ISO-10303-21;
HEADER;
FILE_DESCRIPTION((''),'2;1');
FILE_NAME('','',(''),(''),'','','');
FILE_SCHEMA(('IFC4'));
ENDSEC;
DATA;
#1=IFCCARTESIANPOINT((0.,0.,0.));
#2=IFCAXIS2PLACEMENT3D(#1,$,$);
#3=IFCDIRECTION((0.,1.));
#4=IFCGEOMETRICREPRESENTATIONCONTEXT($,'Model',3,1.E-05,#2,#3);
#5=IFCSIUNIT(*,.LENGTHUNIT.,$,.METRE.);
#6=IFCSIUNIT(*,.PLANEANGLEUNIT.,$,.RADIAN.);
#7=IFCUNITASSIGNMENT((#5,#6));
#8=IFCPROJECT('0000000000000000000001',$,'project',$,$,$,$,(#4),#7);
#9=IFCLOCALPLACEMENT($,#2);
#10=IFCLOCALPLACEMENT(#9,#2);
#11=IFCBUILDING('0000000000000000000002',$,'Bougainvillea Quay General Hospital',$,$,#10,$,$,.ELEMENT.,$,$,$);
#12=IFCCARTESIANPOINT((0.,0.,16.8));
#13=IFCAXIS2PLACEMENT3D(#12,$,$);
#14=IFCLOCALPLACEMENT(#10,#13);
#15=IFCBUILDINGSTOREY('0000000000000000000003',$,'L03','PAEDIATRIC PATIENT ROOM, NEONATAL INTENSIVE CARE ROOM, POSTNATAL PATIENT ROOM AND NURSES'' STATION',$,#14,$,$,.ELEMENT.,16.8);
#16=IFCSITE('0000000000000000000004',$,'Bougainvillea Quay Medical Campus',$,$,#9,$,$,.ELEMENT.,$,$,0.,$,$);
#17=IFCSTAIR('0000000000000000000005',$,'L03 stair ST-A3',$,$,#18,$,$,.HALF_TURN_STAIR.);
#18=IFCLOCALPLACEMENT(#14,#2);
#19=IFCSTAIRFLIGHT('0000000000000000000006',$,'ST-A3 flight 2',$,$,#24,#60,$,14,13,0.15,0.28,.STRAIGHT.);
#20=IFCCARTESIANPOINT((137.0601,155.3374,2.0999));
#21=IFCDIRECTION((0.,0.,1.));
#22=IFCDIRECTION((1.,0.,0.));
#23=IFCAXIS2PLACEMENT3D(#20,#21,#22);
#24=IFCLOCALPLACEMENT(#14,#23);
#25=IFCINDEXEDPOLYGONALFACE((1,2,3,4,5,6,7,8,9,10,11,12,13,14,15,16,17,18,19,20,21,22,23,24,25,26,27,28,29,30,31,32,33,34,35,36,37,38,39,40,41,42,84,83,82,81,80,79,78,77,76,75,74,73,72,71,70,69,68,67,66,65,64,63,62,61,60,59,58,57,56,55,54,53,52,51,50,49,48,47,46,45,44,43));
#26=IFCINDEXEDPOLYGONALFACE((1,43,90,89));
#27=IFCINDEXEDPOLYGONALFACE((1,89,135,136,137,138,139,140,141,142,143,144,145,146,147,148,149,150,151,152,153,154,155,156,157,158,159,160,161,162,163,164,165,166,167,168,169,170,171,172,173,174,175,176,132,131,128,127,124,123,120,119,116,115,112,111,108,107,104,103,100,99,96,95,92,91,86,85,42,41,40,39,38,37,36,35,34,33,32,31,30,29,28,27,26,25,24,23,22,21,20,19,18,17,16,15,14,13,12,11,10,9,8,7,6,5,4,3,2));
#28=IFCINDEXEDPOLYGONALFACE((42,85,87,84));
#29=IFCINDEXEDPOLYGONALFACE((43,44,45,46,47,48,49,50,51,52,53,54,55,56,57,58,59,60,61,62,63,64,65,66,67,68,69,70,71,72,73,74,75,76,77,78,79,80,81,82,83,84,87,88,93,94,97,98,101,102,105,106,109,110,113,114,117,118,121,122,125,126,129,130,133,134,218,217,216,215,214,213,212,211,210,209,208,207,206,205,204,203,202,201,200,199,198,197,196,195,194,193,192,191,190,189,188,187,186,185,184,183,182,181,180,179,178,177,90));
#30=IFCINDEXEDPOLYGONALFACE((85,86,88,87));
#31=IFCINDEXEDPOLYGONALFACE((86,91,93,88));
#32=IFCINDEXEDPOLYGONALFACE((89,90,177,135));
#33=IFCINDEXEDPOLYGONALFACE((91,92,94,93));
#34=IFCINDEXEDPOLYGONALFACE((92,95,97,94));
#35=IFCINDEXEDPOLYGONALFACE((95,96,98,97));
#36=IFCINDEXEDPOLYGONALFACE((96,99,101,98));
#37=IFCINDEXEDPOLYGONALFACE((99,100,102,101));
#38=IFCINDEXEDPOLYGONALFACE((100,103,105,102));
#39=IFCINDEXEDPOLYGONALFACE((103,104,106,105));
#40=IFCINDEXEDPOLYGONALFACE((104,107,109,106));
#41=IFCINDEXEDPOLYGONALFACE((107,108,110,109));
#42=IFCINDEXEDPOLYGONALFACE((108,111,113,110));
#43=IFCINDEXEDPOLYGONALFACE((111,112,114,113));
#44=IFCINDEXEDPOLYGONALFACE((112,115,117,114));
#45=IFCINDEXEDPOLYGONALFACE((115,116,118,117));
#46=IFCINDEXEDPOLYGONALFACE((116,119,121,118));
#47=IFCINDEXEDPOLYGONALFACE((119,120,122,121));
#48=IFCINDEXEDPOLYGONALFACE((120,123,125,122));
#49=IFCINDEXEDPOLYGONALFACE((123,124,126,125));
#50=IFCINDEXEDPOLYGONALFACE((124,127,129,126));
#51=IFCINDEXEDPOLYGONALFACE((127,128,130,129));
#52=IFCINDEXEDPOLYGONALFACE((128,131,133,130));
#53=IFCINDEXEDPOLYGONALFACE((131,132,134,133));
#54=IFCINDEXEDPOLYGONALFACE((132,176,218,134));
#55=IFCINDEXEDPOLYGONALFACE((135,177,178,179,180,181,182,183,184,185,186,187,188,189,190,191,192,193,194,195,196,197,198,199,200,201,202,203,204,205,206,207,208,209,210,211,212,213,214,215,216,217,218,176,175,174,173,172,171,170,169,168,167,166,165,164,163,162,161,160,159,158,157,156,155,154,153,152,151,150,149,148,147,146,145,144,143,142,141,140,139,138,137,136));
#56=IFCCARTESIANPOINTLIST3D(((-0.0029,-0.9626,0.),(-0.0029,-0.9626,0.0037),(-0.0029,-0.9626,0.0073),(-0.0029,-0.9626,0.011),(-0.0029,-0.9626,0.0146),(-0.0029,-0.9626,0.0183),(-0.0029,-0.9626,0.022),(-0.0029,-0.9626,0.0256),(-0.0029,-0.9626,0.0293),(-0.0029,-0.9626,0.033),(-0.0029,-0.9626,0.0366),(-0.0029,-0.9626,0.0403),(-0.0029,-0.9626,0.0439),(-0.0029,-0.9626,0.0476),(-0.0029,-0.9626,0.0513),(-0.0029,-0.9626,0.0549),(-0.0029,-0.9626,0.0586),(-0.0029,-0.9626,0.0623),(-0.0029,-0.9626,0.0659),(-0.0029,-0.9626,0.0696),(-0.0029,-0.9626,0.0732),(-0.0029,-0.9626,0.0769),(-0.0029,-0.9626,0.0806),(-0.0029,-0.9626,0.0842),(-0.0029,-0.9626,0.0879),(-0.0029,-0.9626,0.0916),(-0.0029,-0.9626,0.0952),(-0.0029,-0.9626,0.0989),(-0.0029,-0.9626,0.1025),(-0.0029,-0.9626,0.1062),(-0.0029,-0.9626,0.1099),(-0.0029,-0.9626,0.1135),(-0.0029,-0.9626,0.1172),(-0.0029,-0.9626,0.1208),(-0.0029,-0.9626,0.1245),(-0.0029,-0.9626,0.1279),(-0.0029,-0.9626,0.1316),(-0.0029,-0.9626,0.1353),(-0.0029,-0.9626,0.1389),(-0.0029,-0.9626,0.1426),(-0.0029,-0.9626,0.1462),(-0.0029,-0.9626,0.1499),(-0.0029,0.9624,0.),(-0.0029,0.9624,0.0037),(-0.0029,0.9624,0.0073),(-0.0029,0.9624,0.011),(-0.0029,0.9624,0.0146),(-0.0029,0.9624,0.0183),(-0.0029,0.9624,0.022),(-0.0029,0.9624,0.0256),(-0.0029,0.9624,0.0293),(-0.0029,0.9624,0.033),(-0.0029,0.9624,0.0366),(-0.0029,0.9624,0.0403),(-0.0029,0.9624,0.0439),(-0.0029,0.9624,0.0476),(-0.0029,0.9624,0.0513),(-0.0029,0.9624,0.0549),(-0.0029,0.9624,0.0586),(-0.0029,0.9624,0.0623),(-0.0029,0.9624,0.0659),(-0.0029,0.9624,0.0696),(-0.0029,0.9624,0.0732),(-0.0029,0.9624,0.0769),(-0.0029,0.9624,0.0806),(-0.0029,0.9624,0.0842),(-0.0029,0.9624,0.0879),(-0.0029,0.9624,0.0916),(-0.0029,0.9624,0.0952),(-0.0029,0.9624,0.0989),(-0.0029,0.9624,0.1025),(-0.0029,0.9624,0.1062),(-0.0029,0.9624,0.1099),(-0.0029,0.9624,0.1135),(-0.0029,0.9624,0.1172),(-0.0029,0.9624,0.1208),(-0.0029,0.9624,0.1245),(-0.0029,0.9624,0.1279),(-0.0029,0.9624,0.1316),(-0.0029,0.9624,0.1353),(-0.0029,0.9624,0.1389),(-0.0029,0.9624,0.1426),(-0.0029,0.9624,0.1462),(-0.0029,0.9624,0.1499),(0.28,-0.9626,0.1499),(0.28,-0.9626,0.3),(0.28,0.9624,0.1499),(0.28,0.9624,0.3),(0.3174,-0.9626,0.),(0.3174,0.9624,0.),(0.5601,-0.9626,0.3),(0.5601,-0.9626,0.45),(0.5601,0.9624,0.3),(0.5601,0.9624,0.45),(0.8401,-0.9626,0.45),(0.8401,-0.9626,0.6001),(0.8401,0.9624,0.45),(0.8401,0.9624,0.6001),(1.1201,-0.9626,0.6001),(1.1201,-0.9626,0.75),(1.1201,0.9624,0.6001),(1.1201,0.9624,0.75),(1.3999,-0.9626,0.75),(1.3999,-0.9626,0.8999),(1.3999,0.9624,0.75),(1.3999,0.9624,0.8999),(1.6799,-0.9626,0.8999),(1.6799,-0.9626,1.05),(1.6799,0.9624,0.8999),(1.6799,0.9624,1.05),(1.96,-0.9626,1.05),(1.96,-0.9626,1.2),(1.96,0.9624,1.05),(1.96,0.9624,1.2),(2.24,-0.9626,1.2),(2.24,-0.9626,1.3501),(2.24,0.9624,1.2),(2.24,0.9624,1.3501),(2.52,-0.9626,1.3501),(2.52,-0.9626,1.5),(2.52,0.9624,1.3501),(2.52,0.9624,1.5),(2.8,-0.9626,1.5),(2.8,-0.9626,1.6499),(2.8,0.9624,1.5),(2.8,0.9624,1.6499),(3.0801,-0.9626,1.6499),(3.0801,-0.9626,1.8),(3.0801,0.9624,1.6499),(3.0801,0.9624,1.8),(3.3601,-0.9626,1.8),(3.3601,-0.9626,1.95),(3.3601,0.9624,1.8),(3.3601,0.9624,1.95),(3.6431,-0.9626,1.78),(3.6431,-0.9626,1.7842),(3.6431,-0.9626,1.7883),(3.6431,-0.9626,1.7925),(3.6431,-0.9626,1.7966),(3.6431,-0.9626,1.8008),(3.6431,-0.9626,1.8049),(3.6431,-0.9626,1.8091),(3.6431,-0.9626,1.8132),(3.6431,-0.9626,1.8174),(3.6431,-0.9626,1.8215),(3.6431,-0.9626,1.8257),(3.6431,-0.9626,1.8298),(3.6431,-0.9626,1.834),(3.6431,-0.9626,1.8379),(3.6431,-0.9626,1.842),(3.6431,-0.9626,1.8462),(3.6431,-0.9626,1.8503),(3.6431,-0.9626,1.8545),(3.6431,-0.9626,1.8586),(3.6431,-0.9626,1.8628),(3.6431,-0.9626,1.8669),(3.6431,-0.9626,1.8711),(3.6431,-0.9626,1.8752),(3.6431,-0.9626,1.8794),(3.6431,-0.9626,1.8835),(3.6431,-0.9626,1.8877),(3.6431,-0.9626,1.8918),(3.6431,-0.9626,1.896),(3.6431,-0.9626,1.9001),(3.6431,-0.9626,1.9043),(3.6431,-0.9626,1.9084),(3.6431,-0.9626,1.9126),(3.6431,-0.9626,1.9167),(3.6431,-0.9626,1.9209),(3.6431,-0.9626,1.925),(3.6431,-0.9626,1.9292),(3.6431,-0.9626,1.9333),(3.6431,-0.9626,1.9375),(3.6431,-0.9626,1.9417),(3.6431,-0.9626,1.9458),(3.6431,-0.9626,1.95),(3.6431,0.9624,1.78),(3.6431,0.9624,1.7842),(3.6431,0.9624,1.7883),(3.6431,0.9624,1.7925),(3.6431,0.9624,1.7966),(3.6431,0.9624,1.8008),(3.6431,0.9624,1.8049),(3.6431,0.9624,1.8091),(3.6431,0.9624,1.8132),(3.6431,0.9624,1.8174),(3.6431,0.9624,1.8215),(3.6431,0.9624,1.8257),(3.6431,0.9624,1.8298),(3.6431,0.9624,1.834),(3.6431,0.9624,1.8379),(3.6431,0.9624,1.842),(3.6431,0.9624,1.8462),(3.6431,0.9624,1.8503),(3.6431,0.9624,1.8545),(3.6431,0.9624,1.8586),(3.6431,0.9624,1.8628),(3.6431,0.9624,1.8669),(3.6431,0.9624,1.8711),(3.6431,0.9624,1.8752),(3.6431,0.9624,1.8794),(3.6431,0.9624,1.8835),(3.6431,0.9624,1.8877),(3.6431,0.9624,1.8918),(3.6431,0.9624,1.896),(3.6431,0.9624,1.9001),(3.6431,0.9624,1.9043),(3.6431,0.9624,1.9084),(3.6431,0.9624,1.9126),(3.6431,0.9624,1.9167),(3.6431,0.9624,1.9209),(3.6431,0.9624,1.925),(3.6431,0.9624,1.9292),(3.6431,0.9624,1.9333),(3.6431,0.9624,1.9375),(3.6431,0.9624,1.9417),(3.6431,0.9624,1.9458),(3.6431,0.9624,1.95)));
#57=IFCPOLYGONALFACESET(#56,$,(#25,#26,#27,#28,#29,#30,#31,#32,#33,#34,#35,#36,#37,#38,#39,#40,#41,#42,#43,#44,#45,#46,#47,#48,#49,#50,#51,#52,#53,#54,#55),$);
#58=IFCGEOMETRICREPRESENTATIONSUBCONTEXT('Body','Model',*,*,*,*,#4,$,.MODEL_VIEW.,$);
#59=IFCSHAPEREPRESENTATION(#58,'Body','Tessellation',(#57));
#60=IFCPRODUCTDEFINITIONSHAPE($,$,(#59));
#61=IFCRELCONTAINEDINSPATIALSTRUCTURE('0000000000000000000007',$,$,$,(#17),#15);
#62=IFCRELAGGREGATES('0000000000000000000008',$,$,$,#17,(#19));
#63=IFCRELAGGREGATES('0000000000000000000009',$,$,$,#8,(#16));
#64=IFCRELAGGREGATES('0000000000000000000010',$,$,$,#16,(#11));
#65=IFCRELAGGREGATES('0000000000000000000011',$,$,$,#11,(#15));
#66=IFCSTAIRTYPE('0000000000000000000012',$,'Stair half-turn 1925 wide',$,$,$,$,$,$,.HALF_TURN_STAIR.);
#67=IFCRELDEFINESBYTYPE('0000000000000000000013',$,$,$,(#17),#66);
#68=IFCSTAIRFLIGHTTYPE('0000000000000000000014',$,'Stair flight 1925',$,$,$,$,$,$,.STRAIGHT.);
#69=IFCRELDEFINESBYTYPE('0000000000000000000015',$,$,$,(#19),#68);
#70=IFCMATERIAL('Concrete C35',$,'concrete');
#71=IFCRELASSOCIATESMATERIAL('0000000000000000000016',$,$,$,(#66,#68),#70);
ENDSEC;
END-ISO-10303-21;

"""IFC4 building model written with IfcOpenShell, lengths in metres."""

from ifc_helpers import new_model, si_unit, direction, frame, origin, place, context, subcontext, project, spatial, polyline, outline, extrude, material, type_object, element, aggregate, save


model = new_model("IFC4")

# Units and contexts
model_context = context("Model", 3, precision=1e-05, world=origin(), true_north=direction((0.0, 1.0)))
body_context = subcontext(model_context, "Body", "Model", "MODEL_VIEW")
ifc_project = project(units=[si_unit("LENGTHUNIT", "METRE"), si_unit("PLANEANGLEUNIT", "RADIAN")], contexts=[model_context])

# Site, building, storey
site_placement = place(None, origin())
site = spatial("IfcSite", under=ifc_project, at=site_placement, Name="Bougainvillea Quay Medical Campus", CompositionType="ELEMENT", RefElevation=0.0)
building_placement = place(site_placement, origin())
building = spatial("IfcBuilding", under=site, at=building_placement, Name="Bougainvillea Quay General Hospital", CompositionType="ELEMENT")
storey_placement = place(building_placement, frame((0.0, 0.0, 16.8)))
storey = spatial("IfcBuildingStorey", under=building, at=storey_placement, Name="L03", Description="PAEDIATRIC PATIENT ROOM, NEONATAL INTENSIVE CARE ROOM, POSTNATAL PATIENT ROOM AND NURSES' STATION", CompositionType="ELEMENT", Elevation=16.8)

# Stair, stair flight
ifc_material_1 = material(Name="Concrete C35", Category="concrete")
stair_type = type_object("IfcStairType", Name="Stair half-turn 1925 wide", PredefinedType="HALF_TURN_STAIR", material=ifc_material_1)
stair_placement = place(storey_placement, origin())
stair = element("IfcStair", 1, at=stair_placement, inside=storey, type_object=stair_type, Name="L03 stair ST-A3", PredefinedType="HALF_TURN_STAIR")
stair_flight_type = type_object("IfcStairFlightType", Name="Stair flight 1925", PredefinedType="STRAIGHT", material=ifc_material_1)
stair_flight_1_placement = place(storey_placement, frame((137.0601, 155.3374, 2.0999), z_axis=(0.0, 0.0, 1.0), x_axis=(1.0, 0.0, 0.0)))
stair_flight_1 = element("IfcStairFlight", 2, at=stair_flight_1_placement, type_object=stair_flight_type, Name="ST-A3 flight 2", NumberOfRisers=14, NumberOfTreads=13, PredefinedType="STRAIGHT", RiserHeight=0.15, TreadLength=0.28, context=body_context, shape_type="SweptSolid", body=[
    extrude(outline(polyline([(-0.0029, 0.0), (-0.0029, 0.0037), (-0.0029, 0.0073), (-0.0029, 0.011), (-0.0029, 0.0146), (-0.0029, 0.0183), (-0.0029, 0.022), (-0.0029, 0.0256), (-0.0029, 0.0293), (-0.0029, 0.033), (-0.0029, 0.0366), (-0.0029, 0.0403), (-0.0029, 0.0439), (-0.0029, 0.0476), (-0.0029, 0.0513), (-0.0029, 0.0549), (-0.0029, 0.0586), (-0.0029, 0.0623), (-0.0029, 0.0659), (-0.0029, 0.0696), (-0.0029, 0.0732), (-0.0029, 0.0769), (-0.0029, 0.0806), (-0.0029, 0.0842), (-0.0029, 0.0879), (-0.0029, 0.0916), (-0.0029, 0.0952), (-0.0029, 0.0989), (-0.0029, 0.1025), (-0.0029, 0.1062), (-0.0029, 0.1099), (-0.0029, 0.1135), (-0.0029, 0.1172), (-0.0029, 0.1208), (-0.0029, 0.1245), (-0.0029, 0.1279), (-0.0029, 0.1316), (-0.0029, 0.1353), (-0.0029, 0.1389), (-0.0029, 0.1426), (-0.0029, 0.1462), (-0.0029, 0.1499), (0.28, 0.1499), (0.28, 0.3), (0.5601, 0.3), (0.5601, 0.45), (0.8401, 0.45), (0.8401, 0.6001), (1.1201, 0.6001), (1.1201, 0.75), (1.3999, 0.75), (1.3999, 0.8999), (1.6799, 0.8999), (1.6799, 1.05), (1.96, 1.05), (1.96, 1.2), (2.24, 1.2), (2.24, 1.3501), (2.52, 1.3501), (2.52, 1.5), (2.8, 1.5), (2.8, 1.6499), (3.0801, 1.6499), (3.0801, 1.8), (3.3601, 1.8), (3.3601, 1.95), (3.6431, 1.95), (3.6431, 1.9458), (3.6431, 1.9417), (3.6431, 1.9375), (3.6431, 1.9333), (3.6431, 1.9292), (3.6431, 1.925), (3.6431, 1.9209), (3.6431, 1.9167), (3.6431, 1.9126), (3.6431, 1.9084), (3.6431, 1.9043), (3.6431, 1.9001), (3.6431, 1.896), (3.6431, 1.8918), (3.6431, 1.8877), (3.6431, 1.8835), (3.6431, 1.8794), (3.6431, 1.8752), (3.6431, 1.8711), (3.6431, 1.8669), (3.6431, 1.8628), (3.6431, 1.8586), (3.6431, 1.8545), (3.6431, 1.8503), (3.6431, 1.8462), (3.6431, 1.842), (3.6431, 1.8379), (3.6431, 1.834), (3.6431, 1.8298), (3.6431, 1.8257), (3.6431, 1.8215), (3.6431, 1.8174), (3.6431, 1.8132), (3.6431, 1.8091), (3.6431, 1.8049), (3.6431, 1.8008), (3.6431, 1.7966), (3.6431, 1.7925), (3.6431, 1.7883), (3.6431, 1.7842), (3.6431, 1.78), (0.3174, 0.0), (-0.0029, 0.0)])), frame((0.0, 0.9624, 0.0), z_axis=(0.0, -1.0, 0.0), x_axis=(1.0, 0.0, 0.0)), (0.0, 0.0, 1.0), 1.925),
])
aggregate(stair, [stair_flight_1])

save(model, "model.ifc")
